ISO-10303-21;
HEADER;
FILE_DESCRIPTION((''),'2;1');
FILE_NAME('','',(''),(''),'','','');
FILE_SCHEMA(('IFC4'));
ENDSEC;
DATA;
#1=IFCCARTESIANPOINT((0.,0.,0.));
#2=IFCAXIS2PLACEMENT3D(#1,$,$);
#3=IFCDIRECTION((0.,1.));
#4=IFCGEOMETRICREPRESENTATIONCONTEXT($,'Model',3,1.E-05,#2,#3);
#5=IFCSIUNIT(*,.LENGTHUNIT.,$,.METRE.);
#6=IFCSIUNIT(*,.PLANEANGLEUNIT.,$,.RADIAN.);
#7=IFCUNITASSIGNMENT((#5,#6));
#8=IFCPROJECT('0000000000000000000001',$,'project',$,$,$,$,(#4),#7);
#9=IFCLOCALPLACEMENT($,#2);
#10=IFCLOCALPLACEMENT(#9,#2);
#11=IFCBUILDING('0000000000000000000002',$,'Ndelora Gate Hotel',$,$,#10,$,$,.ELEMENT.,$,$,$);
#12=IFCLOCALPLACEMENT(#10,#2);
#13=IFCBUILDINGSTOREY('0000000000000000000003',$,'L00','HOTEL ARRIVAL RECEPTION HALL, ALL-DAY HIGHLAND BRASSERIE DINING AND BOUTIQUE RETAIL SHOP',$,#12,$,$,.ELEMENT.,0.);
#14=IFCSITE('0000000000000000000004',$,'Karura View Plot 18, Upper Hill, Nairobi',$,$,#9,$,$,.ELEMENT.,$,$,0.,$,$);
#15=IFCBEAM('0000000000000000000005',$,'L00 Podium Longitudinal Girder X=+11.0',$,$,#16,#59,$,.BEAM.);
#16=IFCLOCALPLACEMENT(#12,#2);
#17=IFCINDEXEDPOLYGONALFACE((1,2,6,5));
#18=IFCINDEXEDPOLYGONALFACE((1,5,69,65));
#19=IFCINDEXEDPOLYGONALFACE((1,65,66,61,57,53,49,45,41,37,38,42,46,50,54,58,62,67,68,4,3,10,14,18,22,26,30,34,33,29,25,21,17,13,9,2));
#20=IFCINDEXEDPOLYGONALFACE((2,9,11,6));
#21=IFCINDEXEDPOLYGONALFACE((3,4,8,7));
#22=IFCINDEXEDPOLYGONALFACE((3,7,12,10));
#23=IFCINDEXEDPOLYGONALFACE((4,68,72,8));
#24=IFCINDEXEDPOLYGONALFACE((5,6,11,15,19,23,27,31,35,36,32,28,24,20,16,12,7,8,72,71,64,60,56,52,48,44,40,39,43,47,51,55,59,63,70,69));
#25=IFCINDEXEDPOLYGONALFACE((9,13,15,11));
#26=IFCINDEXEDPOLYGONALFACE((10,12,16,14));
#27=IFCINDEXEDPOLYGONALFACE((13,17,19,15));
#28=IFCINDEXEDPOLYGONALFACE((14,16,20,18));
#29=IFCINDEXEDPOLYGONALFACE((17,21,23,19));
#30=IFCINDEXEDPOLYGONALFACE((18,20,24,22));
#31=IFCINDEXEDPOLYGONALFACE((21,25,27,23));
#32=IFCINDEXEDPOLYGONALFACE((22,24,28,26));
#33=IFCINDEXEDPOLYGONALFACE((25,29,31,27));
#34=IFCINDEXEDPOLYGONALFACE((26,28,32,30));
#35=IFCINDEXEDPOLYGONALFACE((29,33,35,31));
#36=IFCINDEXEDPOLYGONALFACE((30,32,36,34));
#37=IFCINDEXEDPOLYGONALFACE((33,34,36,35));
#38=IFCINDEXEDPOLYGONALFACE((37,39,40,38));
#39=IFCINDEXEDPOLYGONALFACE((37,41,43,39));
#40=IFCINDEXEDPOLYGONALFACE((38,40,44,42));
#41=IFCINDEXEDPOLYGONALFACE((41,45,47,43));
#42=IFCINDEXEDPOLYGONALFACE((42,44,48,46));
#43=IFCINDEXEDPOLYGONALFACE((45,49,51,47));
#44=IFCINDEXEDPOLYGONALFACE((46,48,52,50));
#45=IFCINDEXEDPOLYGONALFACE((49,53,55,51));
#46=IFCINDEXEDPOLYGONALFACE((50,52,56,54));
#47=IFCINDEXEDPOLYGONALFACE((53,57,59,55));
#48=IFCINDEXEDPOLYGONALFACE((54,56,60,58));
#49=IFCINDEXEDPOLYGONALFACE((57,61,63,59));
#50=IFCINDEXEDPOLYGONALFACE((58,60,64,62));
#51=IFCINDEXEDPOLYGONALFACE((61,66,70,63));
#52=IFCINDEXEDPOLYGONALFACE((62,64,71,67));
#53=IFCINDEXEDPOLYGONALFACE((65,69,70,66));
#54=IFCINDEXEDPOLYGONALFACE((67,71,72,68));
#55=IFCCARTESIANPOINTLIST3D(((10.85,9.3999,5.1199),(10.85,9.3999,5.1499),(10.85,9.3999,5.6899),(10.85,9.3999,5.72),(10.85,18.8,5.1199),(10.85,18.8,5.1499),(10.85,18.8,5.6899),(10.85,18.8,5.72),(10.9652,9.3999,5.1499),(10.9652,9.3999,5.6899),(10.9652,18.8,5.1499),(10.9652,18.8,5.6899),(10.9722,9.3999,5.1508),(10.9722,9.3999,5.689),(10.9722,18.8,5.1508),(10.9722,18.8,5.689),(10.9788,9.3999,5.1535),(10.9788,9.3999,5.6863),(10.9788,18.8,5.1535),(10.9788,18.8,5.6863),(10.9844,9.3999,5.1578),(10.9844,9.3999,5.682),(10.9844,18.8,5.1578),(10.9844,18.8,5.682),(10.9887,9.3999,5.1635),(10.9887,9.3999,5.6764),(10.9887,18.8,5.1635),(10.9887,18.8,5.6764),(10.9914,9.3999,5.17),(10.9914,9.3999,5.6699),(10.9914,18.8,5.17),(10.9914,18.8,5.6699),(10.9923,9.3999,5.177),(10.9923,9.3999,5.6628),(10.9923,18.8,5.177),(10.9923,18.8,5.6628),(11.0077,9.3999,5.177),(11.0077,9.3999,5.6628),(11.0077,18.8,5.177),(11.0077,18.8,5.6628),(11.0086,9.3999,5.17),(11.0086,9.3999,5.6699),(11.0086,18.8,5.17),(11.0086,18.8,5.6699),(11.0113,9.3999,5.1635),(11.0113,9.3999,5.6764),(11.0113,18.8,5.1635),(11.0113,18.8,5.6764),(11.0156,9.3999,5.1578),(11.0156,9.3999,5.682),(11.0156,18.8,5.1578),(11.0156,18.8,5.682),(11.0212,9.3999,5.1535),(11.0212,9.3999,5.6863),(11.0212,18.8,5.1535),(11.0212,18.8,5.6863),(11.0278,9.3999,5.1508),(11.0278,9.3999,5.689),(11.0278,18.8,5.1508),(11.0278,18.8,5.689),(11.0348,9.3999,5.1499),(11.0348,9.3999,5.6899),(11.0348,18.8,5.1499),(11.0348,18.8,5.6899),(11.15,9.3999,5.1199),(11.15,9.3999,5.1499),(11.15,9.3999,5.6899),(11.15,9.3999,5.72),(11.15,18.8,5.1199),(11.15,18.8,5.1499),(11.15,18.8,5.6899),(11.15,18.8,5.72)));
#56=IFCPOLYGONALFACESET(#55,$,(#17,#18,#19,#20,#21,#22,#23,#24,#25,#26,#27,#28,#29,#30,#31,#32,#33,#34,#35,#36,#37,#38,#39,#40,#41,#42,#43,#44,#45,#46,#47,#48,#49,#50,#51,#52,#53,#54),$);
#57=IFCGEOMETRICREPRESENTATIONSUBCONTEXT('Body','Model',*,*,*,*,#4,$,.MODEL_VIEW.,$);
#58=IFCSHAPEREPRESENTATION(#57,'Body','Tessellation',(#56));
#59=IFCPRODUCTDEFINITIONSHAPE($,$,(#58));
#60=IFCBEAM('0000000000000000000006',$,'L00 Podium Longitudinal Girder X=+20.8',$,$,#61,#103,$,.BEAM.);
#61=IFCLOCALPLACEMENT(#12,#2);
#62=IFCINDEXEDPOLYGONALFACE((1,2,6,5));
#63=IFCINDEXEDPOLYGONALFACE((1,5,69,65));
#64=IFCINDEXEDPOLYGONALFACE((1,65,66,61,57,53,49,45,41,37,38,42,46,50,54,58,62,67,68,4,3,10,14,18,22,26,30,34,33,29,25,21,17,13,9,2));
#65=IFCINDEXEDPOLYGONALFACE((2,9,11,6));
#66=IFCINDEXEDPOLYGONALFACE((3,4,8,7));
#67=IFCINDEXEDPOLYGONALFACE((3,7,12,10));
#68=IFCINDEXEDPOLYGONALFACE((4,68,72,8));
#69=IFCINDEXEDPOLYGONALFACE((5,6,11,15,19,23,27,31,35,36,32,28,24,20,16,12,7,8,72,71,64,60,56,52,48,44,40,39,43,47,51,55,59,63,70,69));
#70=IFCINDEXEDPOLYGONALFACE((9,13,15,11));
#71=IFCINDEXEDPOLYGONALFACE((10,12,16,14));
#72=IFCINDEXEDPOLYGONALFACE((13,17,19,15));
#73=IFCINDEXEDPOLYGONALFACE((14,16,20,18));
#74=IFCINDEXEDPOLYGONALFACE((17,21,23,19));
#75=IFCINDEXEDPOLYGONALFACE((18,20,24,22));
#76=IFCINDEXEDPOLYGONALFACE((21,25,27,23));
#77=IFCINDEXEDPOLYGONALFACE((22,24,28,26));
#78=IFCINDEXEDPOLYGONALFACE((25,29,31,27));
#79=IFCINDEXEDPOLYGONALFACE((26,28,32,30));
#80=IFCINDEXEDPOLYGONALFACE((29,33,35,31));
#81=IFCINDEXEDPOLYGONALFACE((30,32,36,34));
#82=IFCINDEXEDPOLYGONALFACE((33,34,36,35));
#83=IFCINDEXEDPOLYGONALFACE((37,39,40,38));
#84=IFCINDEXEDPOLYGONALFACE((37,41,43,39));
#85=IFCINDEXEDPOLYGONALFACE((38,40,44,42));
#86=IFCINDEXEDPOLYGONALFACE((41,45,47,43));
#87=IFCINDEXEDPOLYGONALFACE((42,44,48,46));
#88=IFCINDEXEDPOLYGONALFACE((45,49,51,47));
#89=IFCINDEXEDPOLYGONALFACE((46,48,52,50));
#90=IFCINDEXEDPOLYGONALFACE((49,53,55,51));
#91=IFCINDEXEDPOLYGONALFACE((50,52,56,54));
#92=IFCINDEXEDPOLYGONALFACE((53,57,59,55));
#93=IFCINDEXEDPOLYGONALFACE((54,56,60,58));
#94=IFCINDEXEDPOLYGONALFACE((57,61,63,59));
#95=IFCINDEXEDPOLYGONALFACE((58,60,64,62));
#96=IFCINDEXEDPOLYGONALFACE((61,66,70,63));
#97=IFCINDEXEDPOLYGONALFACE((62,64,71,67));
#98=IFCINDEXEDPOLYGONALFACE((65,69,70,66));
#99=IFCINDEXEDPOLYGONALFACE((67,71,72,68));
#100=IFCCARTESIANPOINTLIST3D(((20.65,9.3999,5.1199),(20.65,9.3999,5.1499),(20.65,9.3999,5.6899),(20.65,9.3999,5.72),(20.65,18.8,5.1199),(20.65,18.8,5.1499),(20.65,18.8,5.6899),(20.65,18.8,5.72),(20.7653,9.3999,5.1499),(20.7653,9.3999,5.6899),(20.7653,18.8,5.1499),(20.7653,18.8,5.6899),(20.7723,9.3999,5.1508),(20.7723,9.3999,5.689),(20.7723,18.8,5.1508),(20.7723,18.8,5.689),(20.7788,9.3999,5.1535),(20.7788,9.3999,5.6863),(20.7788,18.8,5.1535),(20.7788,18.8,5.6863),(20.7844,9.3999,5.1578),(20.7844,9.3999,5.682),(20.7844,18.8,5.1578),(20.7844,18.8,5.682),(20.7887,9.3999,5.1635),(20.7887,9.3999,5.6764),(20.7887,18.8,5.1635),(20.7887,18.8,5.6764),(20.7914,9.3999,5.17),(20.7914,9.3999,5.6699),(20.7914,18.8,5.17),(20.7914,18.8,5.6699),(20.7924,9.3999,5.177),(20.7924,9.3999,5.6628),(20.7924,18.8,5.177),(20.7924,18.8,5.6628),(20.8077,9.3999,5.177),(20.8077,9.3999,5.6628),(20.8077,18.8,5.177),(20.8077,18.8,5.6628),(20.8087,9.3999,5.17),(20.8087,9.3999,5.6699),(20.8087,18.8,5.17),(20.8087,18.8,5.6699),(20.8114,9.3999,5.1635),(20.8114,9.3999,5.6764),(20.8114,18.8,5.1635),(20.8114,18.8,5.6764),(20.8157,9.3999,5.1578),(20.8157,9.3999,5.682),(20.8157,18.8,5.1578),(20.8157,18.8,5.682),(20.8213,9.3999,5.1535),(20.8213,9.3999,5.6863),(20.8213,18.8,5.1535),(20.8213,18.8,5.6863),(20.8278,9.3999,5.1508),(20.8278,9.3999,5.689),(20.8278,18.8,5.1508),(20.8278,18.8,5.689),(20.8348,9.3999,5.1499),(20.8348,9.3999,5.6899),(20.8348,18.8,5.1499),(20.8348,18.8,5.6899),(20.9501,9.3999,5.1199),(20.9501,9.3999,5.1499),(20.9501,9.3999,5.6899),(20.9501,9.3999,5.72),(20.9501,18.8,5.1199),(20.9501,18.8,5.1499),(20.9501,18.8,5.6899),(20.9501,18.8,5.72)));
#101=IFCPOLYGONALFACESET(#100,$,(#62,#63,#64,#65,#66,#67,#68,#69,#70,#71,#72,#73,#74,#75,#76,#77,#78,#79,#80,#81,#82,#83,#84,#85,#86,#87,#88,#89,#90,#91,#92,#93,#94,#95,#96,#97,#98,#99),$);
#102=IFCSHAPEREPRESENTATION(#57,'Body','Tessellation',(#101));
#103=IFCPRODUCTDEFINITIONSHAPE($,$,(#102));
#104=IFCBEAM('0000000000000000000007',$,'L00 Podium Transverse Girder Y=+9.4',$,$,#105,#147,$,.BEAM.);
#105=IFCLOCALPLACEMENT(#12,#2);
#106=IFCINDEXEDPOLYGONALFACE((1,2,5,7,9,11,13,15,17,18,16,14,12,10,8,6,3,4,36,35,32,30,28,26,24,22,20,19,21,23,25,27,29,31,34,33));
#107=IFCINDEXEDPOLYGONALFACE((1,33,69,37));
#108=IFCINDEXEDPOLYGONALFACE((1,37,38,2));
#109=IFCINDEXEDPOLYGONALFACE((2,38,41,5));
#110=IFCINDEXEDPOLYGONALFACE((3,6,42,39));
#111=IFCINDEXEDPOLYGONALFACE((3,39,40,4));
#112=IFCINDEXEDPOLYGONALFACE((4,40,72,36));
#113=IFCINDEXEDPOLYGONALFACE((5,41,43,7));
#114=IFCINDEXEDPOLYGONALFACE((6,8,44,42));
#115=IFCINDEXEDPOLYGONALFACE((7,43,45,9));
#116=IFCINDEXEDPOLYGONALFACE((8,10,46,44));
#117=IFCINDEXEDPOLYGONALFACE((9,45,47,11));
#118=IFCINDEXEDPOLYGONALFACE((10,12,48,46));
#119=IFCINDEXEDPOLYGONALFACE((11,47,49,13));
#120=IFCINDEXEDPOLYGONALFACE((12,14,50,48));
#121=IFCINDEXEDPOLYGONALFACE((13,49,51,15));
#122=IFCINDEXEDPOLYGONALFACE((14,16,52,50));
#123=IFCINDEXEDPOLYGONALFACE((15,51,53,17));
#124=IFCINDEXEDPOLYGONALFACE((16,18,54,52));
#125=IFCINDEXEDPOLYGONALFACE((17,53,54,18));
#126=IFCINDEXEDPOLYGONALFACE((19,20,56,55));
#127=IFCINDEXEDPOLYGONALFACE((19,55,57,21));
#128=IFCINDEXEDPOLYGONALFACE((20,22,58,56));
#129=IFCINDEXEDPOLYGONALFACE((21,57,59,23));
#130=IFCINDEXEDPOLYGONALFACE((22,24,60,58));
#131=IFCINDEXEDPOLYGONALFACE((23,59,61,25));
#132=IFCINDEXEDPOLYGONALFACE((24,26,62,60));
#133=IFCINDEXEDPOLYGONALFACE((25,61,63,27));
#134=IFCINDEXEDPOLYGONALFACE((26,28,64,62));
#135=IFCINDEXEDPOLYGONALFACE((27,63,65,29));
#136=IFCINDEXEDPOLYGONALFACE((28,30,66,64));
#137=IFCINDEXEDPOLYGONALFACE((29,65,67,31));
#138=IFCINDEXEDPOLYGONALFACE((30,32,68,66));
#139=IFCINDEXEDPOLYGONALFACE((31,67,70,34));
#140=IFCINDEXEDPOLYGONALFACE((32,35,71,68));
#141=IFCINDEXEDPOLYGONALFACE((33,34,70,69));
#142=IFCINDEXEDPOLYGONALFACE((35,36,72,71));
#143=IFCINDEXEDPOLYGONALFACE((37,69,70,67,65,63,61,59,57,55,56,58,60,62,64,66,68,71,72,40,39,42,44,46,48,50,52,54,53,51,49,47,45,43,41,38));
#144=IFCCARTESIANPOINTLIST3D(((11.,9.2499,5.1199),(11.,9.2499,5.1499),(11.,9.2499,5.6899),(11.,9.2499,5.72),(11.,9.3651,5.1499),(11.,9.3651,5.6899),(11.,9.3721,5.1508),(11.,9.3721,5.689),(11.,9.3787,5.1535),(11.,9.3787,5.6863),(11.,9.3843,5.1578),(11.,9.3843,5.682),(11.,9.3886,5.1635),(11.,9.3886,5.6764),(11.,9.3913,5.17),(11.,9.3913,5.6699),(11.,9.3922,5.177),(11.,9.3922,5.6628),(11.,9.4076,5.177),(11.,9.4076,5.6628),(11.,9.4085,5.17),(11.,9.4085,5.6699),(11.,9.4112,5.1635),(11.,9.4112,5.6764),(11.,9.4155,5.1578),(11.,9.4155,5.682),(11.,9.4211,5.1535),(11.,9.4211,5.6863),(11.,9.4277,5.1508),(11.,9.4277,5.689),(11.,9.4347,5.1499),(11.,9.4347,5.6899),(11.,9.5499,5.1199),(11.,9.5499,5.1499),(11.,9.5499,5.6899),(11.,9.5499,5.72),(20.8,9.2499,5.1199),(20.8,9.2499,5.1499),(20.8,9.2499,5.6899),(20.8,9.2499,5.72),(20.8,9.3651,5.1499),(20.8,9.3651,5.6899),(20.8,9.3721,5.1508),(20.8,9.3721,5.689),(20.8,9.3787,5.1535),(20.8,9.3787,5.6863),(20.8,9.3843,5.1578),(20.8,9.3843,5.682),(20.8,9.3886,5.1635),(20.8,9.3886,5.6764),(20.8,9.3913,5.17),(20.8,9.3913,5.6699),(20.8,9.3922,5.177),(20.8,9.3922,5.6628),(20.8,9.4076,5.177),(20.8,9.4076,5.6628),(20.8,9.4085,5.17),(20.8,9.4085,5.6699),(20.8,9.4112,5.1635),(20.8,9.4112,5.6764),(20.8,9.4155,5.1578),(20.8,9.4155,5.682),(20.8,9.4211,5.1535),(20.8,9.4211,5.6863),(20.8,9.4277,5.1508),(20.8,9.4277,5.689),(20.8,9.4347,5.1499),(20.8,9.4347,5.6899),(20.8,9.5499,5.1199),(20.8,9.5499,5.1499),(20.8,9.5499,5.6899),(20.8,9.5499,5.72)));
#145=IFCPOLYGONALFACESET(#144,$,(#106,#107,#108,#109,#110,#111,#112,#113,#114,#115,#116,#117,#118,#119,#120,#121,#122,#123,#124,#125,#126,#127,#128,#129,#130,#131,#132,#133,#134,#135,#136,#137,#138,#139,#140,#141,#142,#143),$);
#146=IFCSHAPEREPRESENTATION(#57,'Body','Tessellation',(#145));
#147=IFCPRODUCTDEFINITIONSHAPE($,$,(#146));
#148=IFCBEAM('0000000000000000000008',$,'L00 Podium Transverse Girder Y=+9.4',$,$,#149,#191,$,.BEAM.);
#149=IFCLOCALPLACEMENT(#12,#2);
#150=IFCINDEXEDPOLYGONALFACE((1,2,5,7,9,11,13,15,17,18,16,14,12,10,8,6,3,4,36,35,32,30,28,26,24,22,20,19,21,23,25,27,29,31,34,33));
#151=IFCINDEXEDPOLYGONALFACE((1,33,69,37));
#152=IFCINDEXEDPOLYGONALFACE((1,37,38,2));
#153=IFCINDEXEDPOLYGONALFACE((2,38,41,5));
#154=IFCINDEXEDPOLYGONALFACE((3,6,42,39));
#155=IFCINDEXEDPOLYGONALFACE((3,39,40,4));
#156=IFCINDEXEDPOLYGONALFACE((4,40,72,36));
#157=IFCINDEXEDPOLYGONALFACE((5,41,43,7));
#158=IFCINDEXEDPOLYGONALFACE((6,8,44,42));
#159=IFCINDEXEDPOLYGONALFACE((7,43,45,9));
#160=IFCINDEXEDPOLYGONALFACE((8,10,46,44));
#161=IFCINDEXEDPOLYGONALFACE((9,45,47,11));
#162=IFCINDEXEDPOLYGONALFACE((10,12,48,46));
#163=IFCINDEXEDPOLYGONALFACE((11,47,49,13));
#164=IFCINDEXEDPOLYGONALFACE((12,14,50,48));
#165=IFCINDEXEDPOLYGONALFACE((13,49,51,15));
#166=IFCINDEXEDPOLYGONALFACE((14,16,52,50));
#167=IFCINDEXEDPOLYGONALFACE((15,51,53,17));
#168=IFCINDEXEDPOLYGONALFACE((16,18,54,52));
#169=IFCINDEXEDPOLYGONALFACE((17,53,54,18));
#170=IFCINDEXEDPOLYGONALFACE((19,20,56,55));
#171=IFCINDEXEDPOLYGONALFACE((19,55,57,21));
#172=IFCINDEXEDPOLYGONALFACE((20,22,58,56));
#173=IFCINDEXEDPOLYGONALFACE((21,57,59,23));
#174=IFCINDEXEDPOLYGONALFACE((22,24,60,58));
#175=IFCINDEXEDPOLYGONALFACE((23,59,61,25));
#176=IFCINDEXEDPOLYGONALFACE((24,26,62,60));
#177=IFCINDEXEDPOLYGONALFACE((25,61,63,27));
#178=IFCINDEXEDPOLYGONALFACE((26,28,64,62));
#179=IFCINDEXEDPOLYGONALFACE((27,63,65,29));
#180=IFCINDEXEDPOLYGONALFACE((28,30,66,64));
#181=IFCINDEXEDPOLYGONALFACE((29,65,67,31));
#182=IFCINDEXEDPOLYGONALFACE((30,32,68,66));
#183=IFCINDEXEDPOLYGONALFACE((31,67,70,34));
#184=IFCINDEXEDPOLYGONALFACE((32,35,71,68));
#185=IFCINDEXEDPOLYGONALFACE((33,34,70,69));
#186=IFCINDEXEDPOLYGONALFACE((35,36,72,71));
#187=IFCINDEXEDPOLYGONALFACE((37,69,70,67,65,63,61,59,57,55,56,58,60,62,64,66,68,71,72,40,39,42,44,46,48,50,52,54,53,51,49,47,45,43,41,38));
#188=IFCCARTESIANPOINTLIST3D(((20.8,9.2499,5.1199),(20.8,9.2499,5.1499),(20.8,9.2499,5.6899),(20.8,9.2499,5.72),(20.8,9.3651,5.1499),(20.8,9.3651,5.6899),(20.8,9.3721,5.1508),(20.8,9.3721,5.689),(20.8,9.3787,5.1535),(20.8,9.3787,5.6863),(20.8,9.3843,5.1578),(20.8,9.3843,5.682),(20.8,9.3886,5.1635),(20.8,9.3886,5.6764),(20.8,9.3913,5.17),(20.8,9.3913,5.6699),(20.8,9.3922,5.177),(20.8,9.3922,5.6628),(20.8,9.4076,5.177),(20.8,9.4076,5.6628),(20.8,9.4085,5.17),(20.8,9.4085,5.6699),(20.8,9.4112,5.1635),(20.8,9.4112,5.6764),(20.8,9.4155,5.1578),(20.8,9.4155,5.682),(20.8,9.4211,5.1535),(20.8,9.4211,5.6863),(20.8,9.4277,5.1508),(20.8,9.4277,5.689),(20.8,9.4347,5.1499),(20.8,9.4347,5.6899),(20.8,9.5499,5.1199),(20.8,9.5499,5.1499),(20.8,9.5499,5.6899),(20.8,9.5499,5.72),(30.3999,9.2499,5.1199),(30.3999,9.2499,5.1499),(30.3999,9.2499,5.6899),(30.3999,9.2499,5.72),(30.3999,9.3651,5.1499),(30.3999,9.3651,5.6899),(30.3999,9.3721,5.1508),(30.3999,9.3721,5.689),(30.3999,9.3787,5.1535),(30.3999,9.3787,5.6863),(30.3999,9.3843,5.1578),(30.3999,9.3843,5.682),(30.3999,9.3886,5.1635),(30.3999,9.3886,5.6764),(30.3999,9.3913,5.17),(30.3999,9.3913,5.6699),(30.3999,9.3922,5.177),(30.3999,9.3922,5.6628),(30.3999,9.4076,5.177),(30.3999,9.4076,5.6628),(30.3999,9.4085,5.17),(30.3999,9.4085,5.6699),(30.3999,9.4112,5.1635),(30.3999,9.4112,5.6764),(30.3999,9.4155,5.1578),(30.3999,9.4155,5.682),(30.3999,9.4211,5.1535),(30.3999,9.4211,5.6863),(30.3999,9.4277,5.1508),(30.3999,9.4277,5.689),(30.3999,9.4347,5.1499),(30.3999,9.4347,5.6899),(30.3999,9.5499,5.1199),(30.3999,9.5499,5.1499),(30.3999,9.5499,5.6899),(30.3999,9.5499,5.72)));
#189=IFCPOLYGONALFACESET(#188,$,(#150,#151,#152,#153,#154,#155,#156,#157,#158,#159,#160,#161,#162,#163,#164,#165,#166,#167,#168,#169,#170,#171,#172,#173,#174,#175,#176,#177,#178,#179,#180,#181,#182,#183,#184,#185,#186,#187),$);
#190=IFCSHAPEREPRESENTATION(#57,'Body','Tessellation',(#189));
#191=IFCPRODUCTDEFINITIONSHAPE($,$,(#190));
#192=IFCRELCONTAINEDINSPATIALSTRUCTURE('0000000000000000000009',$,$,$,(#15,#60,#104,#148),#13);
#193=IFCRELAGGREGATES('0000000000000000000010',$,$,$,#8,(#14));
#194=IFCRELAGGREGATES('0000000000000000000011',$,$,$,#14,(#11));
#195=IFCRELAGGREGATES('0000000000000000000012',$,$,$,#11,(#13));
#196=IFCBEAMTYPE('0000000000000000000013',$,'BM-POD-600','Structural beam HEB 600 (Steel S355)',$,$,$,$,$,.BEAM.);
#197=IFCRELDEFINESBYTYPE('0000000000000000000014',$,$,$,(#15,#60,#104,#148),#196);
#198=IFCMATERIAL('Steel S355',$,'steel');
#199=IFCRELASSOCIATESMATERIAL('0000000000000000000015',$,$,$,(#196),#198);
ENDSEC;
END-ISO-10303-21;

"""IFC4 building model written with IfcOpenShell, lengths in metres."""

from ifc_helpers import new_model, si_unit, direction, frame, origin, origin_2d, place, context, subcontext, project, spatial, i_section, extrude, material, material_profile, profile_set, type_object, element, save


model = new_model("IFC4")

# Units and contexts
model_context = context("Model", 3, precision=1e-05, world=origin(), true_north=direction((0.0, 1.0)))
body_context = subcontext(model_context, "Body", "Model", "MODEL_VIEW")
ifc_project = project(units=[si_unit("LENGTHUNIT", "METRE"), si_unit("PLANEANGLEUNIT", "RADIAN")], contexts=[model_context])

# Site, building, storey
site_placement = place(None, origin())
site = spatial("IfcSite", under=ifc_project, at=site_placement, Name="Karura View Plot 18, Upper Hill, Nairobi", CompositionType="ELEMENT", RefElevation=0.0)
building_placement = place(site_placement, origin())
building = spatial("IfcBuilding", under=site, at=building_placement, Name="Ndelora Gate Hotel", CompositionType="ELEMENT")
storey_placement = place(building_placement, origin())
storey = spatial("IfcBuildingStorey", under=building, at=storey_placement, Name="L00", Description="HOTEL ARRIVAL RECEPTION HALL, ALL-DAY HIGHLAND BRASSERIE DINING AND BOUTIQUE RETAIL SHOP", CompositionType="ELEMENT", Elevation=0.0)

# Beams
ifc_material_1 = material(Name="Steel S355", Category="steel")
ifc_material_profile_1 = material_profile(ifc_material_1, i_section(OverallWidth=0.3, OverallDepth=0.6001, WebThickness=0.0154, FlangeThickness=0.03, FilletRadius=0.0271, at=origin_2d()), Name="HEB 600")
ifc_profile_set_1 = profile_set([ifc_material_profile_1], Name="Steel S355")
beam_type_1 = type_object("IfcBeamType", Name="BM-POD-600", Description="Structural beam HEB 600 (Steel S355)", PredefinedType="BEAM", material=ifc_profile_set_1)
for number, where, z_axis, x_axis, name in (
    (1, (11.0, 9.3999, 5.4199), (0.0, 1.0, 0.0), (-1.0, 0.0, 0.0), "L00 Podium Longitudinal Girder X=+11.0"),
    (2, (20.8, 9.3999, 5.4199), (0.0, 1.0, 0.0), (-1.0, 0.0, 0.0), "L00 Podium Longitudinal Girder X=+20.8"),
):
    element("IfcBeam", number, at=place(storey_placement, frame(where, z_axis=z_axis, x_axis=x_axis)), inside=storey, type_object=beam_type_1, Name=name, PredefinedType="BEAM", context=body_context, shape_type="SweptSolid", body=[
        extrude(i_section(OverallWidth=0.3, OverallDepth=0.6001, WebThickness=0.0154, FlangeThickness=0.03, FilletRadius=0.0271, at=origin_2d()), origin(), (0.0, 0.0, 1.0), 9.4001),
    ])
beam_1_placement = place(storey_placement, frame((11.0, 9.3999, 5.4199), z_axis=(1.0, 0.0, 0.0), x_axis=(0.0, 1.0, 0.0)))
element("IfcBeam", 3, at=beam_1_placement, inside=storey, type_object=beam_type_1, Name="L00 Podium Transverse Girder Y=+9.4", PredefinedType="BEAM", context=body_context, shape_type="SweptSolid", body=[
    extrude(i_section(OverallWidth=0.3, OverallDepth=0.6001, WebThickness=0.0154, FlangeThickness=0.03, FilletRadius=0.0271, at=origin_2d()), origin(), (0.0, 0.0, 1.0), 9.8),
])
beam_2_placement = place(storey_placement, frame((20.8, 9.3999, 5.4199), z_axis=(1.0, 0.0, 0.0), x_axis=(0.0, 1.0, 0.0)))
element("IfcBeam", 4, at=beam_2_placement, inside=storey, type_object=beam_type_1, Name="L00 Podium Transverse Girder Y=+9.4", PredefinedType="BEAM", context=body_context, shape_type="SweptSolid", body=[
    extrude(i_section(OverallWidth=0.3, OverallDepth=0.6001, WebThickness=0.0154, FlangeThickness=0.03, FilletRadius=0.0271, at=origin_2d()), origin(), (0.0, 0.0, 1.0), 9.5999),
])

save(model, "model.ifc")
